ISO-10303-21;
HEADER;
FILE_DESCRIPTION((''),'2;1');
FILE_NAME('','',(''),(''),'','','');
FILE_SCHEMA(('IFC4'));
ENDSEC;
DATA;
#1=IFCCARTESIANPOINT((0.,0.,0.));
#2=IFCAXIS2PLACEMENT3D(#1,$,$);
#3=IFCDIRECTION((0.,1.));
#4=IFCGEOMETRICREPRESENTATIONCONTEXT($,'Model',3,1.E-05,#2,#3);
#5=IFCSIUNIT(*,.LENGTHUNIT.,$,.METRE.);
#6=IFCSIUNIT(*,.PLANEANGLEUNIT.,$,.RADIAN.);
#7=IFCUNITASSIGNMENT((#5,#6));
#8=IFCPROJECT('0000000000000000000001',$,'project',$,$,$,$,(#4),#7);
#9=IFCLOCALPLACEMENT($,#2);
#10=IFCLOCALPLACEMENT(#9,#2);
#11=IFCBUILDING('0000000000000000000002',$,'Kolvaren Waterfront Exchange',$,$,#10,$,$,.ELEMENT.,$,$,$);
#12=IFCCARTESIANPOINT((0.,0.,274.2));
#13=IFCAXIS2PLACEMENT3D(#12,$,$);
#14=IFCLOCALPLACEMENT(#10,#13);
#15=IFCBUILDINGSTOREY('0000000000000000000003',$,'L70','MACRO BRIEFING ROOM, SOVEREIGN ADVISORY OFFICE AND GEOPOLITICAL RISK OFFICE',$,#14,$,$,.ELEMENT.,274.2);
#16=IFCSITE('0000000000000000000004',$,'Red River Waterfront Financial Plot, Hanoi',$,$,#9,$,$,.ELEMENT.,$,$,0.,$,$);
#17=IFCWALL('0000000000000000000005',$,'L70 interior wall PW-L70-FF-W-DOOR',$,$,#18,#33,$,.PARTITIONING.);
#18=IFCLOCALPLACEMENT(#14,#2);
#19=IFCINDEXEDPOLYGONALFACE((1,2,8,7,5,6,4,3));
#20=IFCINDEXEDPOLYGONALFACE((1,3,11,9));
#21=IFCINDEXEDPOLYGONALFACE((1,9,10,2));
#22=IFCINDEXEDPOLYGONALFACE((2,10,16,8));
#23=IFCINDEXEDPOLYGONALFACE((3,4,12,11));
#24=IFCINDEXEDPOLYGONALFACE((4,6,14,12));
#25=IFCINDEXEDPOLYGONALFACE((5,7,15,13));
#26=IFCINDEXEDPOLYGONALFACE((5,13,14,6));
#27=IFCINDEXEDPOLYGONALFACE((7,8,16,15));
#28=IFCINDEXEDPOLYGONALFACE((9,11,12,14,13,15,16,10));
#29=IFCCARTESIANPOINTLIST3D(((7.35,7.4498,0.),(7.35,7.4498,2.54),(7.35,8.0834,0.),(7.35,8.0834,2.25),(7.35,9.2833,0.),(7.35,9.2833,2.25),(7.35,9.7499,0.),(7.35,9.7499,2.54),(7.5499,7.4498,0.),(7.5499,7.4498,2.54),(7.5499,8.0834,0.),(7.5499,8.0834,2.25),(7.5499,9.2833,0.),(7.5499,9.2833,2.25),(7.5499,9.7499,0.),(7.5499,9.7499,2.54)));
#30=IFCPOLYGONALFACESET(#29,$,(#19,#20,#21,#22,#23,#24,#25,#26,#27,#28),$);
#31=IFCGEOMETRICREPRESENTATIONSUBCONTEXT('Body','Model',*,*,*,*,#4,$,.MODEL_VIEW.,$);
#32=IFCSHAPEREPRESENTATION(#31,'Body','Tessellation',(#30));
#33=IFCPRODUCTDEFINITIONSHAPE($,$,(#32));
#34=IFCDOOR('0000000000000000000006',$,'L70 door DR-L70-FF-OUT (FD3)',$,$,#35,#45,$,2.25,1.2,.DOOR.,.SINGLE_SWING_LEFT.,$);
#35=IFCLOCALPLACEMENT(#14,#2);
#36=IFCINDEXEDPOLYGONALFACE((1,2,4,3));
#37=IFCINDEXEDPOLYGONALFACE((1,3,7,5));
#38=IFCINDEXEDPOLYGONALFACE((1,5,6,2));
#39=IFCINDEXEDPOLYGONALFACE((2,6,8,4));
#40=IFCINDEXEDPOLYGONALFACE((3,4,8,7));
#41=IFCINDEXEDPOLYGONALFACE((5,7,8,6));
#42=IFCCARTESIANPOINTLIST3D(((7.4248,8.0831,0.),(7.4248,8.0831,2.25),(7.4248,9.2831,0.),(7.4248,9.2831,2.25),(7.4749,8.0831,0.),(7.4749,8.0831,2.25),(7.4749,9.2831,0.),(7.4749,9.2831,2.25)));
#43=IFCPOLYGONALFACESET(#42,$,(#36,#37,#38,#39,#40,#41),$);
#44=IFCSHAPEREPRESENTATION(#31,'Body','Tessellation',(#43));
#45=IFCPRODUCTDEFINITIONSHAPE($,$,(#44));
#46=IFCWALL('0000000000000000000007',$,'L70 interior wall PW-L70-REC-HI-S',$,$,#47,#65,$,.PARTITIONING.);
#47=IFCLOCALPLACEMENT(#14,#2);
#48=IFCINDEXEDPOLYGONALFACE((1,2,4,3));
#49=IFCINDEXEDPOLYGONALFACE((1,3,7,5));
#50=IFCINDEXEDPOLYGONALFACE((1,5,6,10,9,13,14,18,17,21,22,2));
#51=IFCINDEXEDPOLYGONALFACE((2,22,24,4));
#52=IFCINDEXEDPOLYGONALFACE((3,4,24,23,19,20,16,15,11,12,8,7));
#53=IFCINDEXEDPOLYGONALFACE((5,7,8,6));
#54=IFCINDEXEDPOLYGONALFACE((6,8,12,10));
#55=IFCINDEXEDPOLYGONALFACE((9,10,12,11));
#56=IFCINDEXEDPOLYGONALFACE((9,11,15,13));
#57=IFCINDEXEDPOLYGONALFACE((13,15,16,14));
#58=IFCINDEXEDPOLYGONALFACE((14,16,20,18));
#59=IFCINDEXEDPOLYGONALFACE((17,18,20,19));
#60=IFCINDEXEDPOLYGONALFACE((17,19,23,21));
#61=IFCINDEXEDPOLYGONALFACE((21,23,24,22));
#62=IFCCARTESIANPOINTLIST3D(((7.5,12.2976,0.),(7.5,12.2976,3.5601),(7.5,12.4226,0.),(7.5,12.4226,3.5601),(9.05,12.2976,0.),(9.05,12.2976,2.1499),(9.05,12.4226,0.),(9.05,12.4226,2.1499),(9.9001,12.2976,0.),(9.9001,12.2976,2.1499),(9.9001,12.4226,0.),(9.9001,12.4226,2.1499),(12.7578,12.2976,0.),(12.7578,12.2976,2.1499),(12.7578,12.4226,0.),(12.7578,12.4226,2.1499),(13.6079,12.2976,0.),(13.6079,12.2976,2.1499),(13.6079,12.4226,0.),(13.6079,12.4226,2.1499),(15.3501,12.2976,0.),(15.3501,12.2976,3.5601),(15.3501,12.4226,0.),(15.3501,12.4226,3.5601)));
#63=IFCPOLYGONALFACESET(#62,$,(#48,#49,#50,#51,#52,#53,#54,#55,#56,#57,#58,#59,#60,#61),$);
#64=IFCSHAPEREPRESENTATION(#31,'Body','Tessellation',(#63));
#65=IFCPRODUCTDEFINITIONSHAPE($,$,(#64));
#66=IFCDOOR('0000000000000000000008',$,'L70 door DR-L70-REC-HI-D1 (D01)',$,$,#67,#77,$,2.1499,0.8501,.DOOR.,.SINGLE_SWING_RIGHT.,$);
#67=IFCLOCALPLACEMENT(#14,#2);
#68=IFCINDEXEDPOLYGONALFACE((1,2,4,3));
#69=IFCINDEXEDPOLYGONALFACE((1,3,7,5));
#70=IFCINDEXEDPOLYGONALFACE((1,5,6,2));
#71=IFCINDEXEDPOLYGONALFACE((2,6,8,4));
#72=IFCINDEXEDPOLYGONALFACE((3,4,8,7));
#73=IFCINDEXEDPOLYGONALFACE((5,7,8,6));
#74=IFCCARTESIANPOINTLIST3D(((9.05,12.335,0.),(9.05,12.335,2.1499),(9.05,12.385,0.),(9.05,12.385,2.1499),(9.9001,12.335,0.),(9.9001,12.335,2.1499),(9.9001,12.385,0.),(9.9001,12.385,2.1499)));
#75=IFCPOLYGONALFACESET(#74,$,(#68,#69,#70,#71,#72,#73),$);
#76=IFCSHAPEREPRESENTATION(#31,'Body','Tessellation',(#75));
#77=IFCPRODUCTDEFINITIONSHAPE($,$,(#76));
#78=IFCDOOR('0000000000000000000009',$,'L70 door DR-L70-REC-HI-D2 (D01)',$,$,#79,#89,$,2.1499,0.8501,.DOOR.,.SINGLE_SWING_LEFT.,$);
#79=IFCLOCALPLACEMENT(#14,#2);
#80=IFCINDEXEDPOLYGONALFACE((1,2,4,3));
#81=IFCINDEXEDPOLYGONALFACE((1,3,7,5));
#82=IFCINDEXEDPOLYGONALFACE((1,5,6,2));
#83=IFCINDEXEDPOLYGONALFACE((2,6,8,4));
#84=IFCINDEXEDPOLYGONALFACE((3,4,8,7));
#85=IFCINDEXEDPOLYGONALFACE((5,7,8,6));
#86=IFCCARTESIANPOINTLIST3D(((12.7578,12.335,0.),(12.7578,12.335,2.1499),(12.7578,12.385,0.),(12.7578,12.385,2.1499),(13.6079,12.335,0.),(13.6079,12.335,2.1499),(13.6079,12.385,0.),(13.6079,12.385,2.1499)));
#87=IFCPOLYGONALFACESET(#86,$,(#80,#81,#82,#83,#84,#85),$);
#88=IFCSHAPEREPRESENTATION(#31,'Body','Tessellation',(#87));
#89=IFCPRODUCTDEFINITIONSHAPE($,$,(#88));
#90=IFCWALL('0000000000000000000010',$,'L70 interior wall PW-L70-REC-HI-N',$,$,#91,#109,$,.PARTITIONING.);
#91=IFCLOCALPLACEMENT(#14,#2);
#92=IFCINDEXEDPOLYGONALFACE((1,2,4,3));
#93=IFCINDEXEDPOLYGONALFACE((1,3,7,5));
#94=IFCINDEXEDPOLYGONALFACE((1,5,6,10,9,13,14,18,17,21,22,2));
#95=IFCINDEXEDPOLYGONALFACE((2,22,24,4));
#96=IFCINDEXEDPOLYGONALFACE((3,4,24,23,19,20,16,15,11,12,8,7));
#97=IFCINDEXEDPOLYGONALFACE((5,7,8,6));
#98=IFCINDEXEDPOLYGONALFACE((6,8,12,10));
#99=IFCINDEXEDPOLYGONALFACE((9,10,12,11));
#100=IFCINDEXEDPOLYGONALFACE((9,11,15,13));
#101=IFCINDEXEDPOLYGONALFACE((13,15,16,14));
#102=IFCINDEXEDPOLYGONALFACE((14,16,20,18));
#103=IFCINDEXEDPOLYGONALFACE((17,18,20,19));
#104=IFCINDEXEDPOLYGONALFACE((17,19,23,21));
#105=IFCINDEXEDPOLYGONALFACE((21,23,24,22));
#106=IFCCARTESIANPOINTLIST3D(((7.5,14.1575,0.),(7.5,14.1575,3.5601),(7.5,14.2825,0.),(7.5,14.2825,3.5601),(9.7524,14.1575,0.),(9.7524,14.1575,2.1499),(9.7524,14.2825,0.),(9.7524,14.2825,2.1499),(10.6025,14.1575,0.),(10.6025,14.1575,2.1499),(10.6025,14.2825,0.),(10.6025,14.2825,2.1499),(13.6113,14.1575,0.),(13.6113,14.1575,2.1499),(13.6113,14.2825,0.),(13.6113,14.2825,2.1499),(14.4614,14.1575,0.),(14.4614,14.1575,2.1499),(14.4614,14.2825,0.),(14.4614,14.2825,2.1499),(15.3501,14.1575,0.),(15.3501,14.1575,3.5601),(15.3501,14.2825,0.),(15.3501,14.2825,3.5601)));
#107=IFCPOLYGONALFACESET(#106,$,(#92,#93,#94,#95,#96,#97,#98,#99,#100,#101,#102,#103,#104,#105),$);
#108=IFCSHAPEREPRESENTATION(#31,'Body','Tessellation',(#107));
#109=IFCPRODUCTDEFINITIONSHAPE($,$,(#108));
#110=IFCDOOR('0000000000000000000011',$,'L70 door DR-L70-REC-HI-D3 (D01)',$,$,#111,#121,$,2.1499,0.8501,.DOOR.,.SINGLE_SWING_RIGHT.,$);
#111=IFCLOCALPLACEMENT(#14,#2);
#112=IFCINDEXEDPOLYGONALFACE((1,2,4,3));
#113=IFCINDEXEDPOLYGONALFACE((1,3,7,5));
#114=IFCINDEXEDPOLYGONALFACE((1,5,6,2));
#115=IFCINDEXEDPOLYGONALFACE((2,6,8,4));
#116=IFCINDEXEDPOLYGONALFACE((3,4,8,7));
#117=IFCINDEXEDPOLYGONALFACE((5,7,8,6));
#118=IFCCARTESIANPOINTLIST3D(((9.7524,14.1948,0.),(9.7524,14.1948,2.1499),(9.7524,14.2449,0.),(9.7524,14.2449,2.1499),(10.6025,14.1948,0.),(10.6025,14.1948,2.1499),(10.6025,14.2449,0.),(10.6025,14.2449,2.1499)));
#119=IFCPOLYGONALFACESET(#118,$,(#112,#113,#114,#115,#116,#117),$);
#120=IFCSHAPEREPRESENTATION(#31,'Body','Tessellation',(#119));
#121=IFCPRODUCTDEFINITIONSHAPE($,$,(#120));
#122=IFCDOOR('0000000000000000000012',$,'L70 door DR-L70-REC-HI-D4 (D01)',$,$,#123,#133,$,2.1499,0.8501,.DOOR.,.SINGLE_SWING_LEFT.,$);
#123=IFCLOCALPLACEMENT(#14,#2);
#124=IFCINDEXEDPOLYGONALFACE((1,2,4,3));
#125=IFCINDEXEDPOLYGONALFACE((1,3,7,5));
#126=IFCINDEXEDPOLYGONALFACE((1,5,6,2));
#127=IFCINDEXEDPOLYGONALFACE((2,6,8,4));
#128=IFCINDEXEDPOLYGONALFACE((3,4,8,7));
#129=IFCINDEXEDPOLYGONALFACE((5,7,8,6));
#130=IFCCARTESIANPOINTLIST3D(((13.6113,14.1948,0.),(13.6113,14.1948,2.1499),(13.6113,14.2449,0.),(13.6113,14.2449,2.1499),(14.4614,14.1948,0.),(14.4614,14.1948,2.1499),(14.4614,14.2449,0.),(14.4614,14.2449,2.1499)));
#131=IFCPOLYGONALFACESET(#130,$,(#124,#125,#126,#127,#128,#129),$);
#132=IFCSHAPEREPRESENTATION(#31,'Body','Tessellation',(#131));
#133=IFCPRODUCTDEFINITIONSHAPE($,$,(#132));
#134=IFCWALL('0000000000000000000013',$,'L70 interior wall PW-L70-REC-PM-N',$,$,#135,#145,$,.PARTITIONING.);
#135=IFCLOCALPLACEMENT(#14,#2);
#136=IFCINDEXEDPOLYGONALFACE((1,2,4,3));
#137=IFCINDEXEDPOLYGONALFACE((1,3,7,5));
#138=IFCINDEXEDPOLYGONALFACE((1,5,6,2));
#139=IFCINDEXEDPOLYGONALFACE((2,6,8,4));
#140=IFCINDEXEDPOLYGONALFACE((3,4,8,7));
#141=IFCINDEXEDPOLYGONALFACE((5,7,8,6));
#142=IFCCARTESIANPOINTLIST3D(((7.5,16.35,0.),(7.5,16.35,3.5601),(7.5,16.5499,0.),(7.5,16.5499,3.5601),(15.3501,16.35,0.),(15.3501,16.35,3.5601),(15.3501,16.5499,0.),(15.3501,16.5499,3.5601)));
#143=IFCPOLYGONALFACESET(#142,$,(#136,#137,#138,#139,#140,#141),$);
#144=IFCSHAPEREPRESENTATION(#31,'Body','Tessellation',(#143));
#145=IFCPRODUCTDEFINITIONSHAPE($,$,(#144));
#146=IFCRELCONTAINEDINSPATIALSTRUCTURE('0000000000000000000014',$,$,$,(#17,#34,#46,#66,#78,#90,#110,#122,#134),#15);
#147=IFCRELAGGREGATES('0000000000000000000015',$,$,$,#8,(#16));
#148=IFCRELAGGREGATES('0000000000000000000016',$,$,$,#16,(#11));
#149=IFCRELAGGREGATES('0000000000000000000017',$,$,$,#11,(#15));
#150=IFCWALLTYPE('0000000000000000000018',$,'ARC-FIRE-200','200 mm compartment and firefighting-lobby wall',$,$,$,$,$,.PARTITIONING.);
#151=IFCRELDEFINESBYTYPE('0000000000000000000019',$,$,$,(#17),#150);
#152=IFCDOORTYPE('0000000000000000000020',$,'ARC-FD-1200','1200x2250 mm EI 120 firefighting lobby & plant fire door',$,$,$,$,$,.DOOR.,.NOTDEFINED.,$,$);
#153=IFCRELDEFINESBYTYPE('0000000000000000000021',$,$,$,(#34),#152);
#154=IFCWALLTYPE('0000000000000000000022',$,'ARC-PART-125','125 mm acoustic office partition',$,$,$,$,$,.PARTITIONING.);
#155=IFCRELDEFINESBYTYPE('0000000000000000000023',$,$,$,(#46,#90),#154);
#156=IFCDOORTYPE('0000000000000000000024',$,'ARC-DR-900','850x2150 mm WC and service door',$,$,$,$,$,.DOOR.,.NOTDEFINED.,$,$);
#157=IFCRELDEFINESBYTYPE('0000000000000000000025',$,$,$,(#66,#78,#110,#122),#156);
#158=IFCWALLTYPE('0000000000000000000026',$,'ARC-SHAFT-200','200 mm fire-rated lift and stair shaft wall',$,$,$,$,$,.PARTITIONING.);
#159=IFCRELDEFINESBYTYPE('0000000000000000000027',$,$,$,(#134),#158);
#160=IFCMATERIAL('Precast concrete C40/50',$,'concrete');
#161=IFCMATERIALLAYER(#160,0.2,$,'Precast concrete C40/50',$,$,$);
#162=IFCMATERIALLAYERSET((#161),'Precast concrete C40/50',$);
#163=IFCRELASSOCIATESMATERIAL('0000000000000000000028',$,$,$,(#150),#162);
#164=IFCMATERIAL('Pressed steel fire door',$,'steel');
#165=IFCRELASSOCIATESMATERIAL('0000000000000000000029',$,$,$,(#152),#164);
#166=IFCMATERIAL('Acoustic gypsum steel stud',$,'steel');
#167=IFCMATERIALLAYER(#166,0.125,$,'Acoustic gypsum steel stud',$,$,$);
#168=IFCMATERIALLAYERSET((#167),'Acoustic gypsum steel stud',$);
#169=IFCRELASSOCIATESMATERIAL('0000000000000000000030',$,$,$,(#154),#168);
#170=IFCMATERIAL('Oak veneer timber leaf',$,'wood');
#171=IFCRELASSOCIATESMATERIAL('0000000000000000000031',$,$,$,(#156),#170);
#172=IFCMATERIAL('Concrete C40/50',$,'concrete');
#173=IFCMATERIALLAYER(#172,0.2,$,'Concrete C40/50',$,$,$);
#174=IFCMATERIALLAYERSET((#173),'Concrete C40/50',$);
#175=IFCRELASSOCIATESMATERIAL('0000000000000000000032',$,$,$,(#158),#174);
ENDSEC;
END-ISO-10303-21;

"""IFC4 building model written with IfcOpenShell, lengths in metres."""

from ifc_helpers import new_model, si_unit, direction, frame, frame_2d, origin, place, context, subcontext, project, spatial, rectangle, extrude, material, layer, layer_set, type_object, element, fill, save


model = new_model("IFC4")

# Units and contexts
model_context = context("Model", 3, precision=1e-05, world=origin(), true_north=direction((0.0, 1.0)))
body_context = subcontext(model_context, "Body", "Model", "MODEL_VIEW")
ifc_project = project(units=[si_unit("LENGTHUNIT", "METRE"), si_unit("PLANEANGLEUNIT", "RADIAN")], contexts=[model_context])

# Site, building, storey
site_placement = place(None, origin())
site = spatial("IfcSite", under=ifc_project, at=site_placement, Name="Red River Waterfront Financial Plot, Hanoi", CompositionType="ELEMENT", RefElevation=0.0)
building_placement = place(site_placement, origin())
building = spatial("IfcBuilding", under=site, at=building_placement, Name="Kolvaren Waterfront Exchange", CompositionType="ELEMENT")
storey_placement = place(building_placement, frame((0.0, 0.0, 274.2)))
storey = spatial("IfcBuildingStorey", under=building, at=storey_placement, Name="L70", Description="MACRO BRIEFING ROOM, SOVEREIGN ADVISORY OFFICE AND GEOPOLITICAL RISK OFFICE", CompositionType="ELEMENT", Elevation=274.2)

# Shared definitions
ifc_material_1 = material(Name="Precast concrete C40/50", Category="concrete")
ifc_layer_1 = layer(ifc_material_1, 0.2, Name="Precast concrete C40/50")
ifc_layer_set_1 = layer_set([ifc_layer_1], Name="Precast concrete C40/50")
wall_type_1 = type_object("IfcWallType", Name="ARC-FIRE-200", Description="200 mm compartment and firefighting-lobby wall", PredefinedType="PARTITIONING", material=ifc_layer_set_1)

# Wall, opening, door
wall_1_placement = place(storey_placement, frame((7.45, 7.45, 0.0), z_axis=(0.0, 0.0, 1.0), x_axis=(0.0, 1.0, 0.0)))
wall_1 = element("IfcWall", 1, at=wall_1_placement, inside=storey, type_object=wall_type_1, Name="L70 interior wall PW-L70-FF-W-DOOR", PredefinedType="PARTITIONING", context=body_context, shape_type="SweptSolid", body=[
    extrude(rectangle(XDim=2.3, YDim=0.2, at=frame_2d((1.1499, 0.0))), origin(), (0.0, 0.0, 1.0), 2.54),
])
opening_1_placement = place(wall_1_placement, frame((0.6333, 0.0, 0.0)))
opening_1 = element("IfcOpeningElement", 2, at=opening_1_placement, cuts=wall_1, PredefinedType="OPENING", context=body_context, shape_type="SweptSolid", body=[
    extrude(rectangle(XDim=1.2, YDim=2.25, at=frame_2d((0.6001, 1.125))), frame((0.0, 0.1099, 0.0), z_axis=(0.0, -1.0, 0.0), x_axis=(1.0, 0.0, 0.0)), (0.0, 0.0, 1.0), 0.22),
])
ifc_material_2 = material(Name="Pressed steel fire door", Category="steel")
door_type_1 = type_object("IfcDoorType", Name="ARC-FD-1200", Description="1200x2250 mm EI 120 firefighting lobby & plant fire door", OperationType="NOTDEFINED", PredefinedType="DOOR", material=ifc_material_2)
door_1_placement = place(opening_1_placement, frame((1.2, 0.0, 0.0), z_axis=(0.0, 0.0, 1.0), x_axis=(-1.0, 0.0, 0.0)))
door_1 = element("IfcDoor", 3, at=door_1_placement, inside=storey, type_object=door_type_1, Name="L70 door DR-L70-FF-OUT (FD3)", OperationType="SINGLE_SWING_LEFT", OverallHeight=2.25, OverallWidth=1.2, PredefinedType="DOOR", context=body_context, shape_type="SweptSolid", body=[
    extrude(rectangle(XDim=1.2, YDim=2.25, at=frame_2d((0.6001, 1.125))), frame((0.0, 0.0249, 0.0), z_axis=(0.0, -1.0, 0.0), x_axis=(1.0, 0.0, 0.0)), (0.0, 0.0, 1.0), 0.05),
])
fill(opening_1, door_1)

# Walls, openings, doors
ifc_material_3 = material(Name="Acoustic gypsum steel stud", Category="steel")
ifc_layer_2 = layer(ifc_material_3, 0.125, Name="Acoustic gypsum steel stud")
ifc_layer_set_2 = layer_set([ifc_layer_2], Name="Acoustic gypsum steel stud")
wall_type_2 = type_object("IfcWallType", Name="ARC-PART-125", Description="125 mm acoustic office partition", PredefinedType="PARTITIONING", material=ifc_layer_set_2)
wall_2_placement = place(storey_placement, frame((7.5, 12.3601, 0.0), z_axis=(0.0, 0.0, 1.0), x_axis=(1.0, 0.0, 0.0)))
wall_2 = element("IfcWall", 4, at=wall_2_placement, inside=storey, type_object=wall_type_2, Name="L70 interior wall PW-L70-REC-HI-S", PredefinedType="PARTITIONING", context=body_context, shape_type="SweptSolid", body=[
    extrude(rectangle(XDim=7.8501, YDim=0.125, at=frame_2d((3.925, 0.0))), origin(), (0.0, 0.0, 1.0), 3.5601),
])
opening_2_placement = place(wall_2_placement, frame((1.55, 0.0, 0.0)))
opening_2 = element("IfcOpeningElement", 5, at=opening_2_placement, cuts=wall_2, PredefinedType="OPENING", context=body_context, shape_type="SweptSolid", body=[
    extrude(rectangle(XDim=0.8501, YDim=2.1499, at=frame_2d((0.425, 1.075))), frame((0.0, 0.0725, 0.0), z_axis=(0.0, -1.0, 0.0), x_axis=(1.0, 0.0, 0.0)), (0.0, 0.0, 1.0), 0.145),
])
opening_3_placement = place(wall_2_placement, frame((5.2578, 0.0, 0.0)))
opening_3 = element("IfcOpeningElement", 6, at=opening_3_placement, cuts=wall_2, PredefinedType="OPENING", context=body_context, shape_type="SweptSolid", body=[
    extrude(rectangle(XDim=0.8501, YDim=2.1499, at=frame_2d((0.425, 1.075))), frame((0.0, 0.0725, 0.0), z_axis=(0.0, -1.0, 0.0), x_axis=(1.0, 0.0, 0.0)), (0.0, 0.0, 1.0), 0.145),
])
ifc_material_4 = material(Name="Oak veneer timber leaf", Category="wood")
door_type_2 = type_object("IfcDoorType", Name="ARC-DR-900", Description="850x2150 mm WC and service door", OperationType="NOTDEFINED", PredefinedType="DOOR", material=ifc_material_4)
door_2_placement = place(opening_2_placement, origin())
door_2 = element("IfcDoor", 7, at=door_2_placement, inside=storey, type_object=door_type_2, Name="L70 door DR-L70-REC-HI-D1 (D01)", OperationType="SINGLE_SWING_RIGHT", OverallHeight=2.1499, OverallWidth=0.8501, PredefinedType="DOOR", context=body_context, shape_type="SweptSolid", body=[
    extrude(rectangle(XDim=0.8501, YDim=2.1499, at=frame_2d((0.425, 1.075))), frame((0.0, 0.0249, 0.0), z_axis=(0.0, -1.0, 0.0), x_axis=(1.0, 0.0, 0.0)), (0.0, 0.0, 1.0), 0.05),
])
fill(opening_2, door_2)
door_3_placement = place(opening_3_placement, origin())
door_3 = element("IfcDoor", 8, at=door_3_placement, inside=storey, type_object=door_type_2, Name="L70 door DR-L70-REC-HI-D2 (D01)", OperationType="SINGLE_SWING_LEFT", OverallHeight=2.1499, OverallWidth=0.8501, PredefinedType="DOOR", context=body_context, shape_type="SweptSolid", body=[
    extrude(rectangle(XDim=0.8501, YDim=2.1499, at=frame_2d((0.425, 1.075))), frame((0.0, 0.0249, 0.0), z_axis=(0.0, -1.0, 0.0), x_axis=(1.0, 0.0, 0.0)), (0.0, 0.0, 1.0), 0.05),
])
fill(opening_3, door_3)
wall_3_placement = place(storey_placement, frame((7.5, 14.22, 0.0), z_axis=(0.0, 0.0, 1.0), x_axis=(1.0, 0.0, 0.0)))
wall_3 = element("IfcWall", 9, at=wall_3_placement, inside=storey, type_object=wall_type_2, Name="L70 interior wall PW-L70-REC-HI-N", PredefinedType="PARTITIONING", context=body_context, shape_type="SweptSolid", body=[
    extrude(rectangle(XDim=7.8501, YDim=0.125, at=frame_2d((3.925, 0.0))), origin(), (0.0, 0.0, 1.0), 3.5601),
])
opening_4_placement = place(wall_3_placement, frame((2.2524, 0.0, 0.0)))
opening_4 = element("IfcOpeningElement", 10, at=opening_4_placement, cuts=wall_3, PredefinedType="OPENING", context=body_context, shape_type="SweptSolid", body=[
    extrude(rectangle(XDim=0.8501, YDim=2.1499, at=frame_2d((0.425, 1.075))), frame((0.0, 0.0725, 0.0), z_axis=(0.0, -1.0, 0.0), x_axis=(1.0, 0.0, 0.0)), (0.0, 0.0, 1.0), 0.145),
])
opening_5_placement = place(wall_3_placement, frame((6.1113, 0.0, 0.0)))
opening_5 = element("IfcOpeningElement", 11, at=opening_5_placement, cuts=wall_3, PredefinedType="OPENING", context=body_context, shape_type="SweptSolid", body=[
    extrude(rectangle(XDim=0.8501, YDim=2.1499, at=frame_2d((0.425, 1.075))), frame((0.0, 0.0725, 0.0), z_axis=(0.0, -1.0, 0.0), x_axis=(1.0, 0.0, 0.0)), (0.0, 0.0, 1.0), 0.145),
])
door_4_placement = place(opening_4_placement, origin())
door_4 = element("IfcDoor", 12, at=door_4_placement, inside=storey, type_object=door_type_2, Name="L70 door DR-L70-REC-HI-D3 (D01)", OperationType="SINGLE_SWING_RIGHT", OverallHeight=2.1499, OverallWidth=0.8501, PredefinedType="DOOR", context=body_context, shape_type="SweptSolid", body=[
    extrude(rectangle(XDim=0.8501, YDim=2.1499, at=frame_2d((0.425, 1.075))), frame((0.0, 0.0249, 0.0), z_axis=(0.0, -1.0, 0.0), x_axis=(1.0, 0.0, 0.0)), (0.0, 0.0, 1.0), 0.05),
])
fill(opening_4, door_4)
door_5_placement = place(opening_5_placement, origin())
door_5 = element("IfcDoor", 13, at=door_5_placement, inside=storey, type_object=door_type_2, Name="L70 door DR-L70-REC-HI-D4 (D01)", OperationType="SINGLE_SWING_LEFT", OverallHeight=2.1499, OverallWidth=0.8501, PredefinedType="DOOR", context=body_context, shape_type="SweptSolid", body=[
    extrude(rectangle(XDim=0.8501, YDim=2.1499, at=frame_2d((0.425, 1.075))), frame((0.0, 0.0249, 0.0), z_axis=(0.0, -1.0, 0.0), x_axis=(1.0, 0.0, 0.0)), (0.0, 0.0, 1.0), 0.05),
])
fill(opening_5, door_5)

# Wall
ifc_material_5 = material(Name="Concrete C40/50", Category="concrete")
ifc_layer_3 = layer(ifc_material_5, 0.2, Name="Concrete C40/50")
ifc_layer_set_3 = layer_set([ifc_layer_3], Name="Concrete C40/50")
wall_type_3 = type_object("IfcWallType", Name="ARC-SHAFT-200", Description="200 mm fire-rated lift and stair shaft wall", PredefinedType="PARTITIONING", material=ifc_layer_set_3)
wall_4_placement = place(storey_placement, frame((7.5, 16.45, 0.0), z_axis=(0.0, 0.0, 1.0), x_axis=(1.0, 0.0, 0.0)))
element("IfcWall", 14, at=wall_4_placement, inside=storey, type_object=wall_type_3, Name="L70 interior wall PW-L70-REC-PM-N", PredefinedType="PARTITIONING", context=body_context, shape_type="SweptSolid", body=[
    extrude(rectangle(XDim=7.8501, YDim=0.2, at=frame_2d((3.925, 0.0))), origin(), (0.0, 0.0, 1.0), 3.5601),
])

save(model, "model.ifc")
